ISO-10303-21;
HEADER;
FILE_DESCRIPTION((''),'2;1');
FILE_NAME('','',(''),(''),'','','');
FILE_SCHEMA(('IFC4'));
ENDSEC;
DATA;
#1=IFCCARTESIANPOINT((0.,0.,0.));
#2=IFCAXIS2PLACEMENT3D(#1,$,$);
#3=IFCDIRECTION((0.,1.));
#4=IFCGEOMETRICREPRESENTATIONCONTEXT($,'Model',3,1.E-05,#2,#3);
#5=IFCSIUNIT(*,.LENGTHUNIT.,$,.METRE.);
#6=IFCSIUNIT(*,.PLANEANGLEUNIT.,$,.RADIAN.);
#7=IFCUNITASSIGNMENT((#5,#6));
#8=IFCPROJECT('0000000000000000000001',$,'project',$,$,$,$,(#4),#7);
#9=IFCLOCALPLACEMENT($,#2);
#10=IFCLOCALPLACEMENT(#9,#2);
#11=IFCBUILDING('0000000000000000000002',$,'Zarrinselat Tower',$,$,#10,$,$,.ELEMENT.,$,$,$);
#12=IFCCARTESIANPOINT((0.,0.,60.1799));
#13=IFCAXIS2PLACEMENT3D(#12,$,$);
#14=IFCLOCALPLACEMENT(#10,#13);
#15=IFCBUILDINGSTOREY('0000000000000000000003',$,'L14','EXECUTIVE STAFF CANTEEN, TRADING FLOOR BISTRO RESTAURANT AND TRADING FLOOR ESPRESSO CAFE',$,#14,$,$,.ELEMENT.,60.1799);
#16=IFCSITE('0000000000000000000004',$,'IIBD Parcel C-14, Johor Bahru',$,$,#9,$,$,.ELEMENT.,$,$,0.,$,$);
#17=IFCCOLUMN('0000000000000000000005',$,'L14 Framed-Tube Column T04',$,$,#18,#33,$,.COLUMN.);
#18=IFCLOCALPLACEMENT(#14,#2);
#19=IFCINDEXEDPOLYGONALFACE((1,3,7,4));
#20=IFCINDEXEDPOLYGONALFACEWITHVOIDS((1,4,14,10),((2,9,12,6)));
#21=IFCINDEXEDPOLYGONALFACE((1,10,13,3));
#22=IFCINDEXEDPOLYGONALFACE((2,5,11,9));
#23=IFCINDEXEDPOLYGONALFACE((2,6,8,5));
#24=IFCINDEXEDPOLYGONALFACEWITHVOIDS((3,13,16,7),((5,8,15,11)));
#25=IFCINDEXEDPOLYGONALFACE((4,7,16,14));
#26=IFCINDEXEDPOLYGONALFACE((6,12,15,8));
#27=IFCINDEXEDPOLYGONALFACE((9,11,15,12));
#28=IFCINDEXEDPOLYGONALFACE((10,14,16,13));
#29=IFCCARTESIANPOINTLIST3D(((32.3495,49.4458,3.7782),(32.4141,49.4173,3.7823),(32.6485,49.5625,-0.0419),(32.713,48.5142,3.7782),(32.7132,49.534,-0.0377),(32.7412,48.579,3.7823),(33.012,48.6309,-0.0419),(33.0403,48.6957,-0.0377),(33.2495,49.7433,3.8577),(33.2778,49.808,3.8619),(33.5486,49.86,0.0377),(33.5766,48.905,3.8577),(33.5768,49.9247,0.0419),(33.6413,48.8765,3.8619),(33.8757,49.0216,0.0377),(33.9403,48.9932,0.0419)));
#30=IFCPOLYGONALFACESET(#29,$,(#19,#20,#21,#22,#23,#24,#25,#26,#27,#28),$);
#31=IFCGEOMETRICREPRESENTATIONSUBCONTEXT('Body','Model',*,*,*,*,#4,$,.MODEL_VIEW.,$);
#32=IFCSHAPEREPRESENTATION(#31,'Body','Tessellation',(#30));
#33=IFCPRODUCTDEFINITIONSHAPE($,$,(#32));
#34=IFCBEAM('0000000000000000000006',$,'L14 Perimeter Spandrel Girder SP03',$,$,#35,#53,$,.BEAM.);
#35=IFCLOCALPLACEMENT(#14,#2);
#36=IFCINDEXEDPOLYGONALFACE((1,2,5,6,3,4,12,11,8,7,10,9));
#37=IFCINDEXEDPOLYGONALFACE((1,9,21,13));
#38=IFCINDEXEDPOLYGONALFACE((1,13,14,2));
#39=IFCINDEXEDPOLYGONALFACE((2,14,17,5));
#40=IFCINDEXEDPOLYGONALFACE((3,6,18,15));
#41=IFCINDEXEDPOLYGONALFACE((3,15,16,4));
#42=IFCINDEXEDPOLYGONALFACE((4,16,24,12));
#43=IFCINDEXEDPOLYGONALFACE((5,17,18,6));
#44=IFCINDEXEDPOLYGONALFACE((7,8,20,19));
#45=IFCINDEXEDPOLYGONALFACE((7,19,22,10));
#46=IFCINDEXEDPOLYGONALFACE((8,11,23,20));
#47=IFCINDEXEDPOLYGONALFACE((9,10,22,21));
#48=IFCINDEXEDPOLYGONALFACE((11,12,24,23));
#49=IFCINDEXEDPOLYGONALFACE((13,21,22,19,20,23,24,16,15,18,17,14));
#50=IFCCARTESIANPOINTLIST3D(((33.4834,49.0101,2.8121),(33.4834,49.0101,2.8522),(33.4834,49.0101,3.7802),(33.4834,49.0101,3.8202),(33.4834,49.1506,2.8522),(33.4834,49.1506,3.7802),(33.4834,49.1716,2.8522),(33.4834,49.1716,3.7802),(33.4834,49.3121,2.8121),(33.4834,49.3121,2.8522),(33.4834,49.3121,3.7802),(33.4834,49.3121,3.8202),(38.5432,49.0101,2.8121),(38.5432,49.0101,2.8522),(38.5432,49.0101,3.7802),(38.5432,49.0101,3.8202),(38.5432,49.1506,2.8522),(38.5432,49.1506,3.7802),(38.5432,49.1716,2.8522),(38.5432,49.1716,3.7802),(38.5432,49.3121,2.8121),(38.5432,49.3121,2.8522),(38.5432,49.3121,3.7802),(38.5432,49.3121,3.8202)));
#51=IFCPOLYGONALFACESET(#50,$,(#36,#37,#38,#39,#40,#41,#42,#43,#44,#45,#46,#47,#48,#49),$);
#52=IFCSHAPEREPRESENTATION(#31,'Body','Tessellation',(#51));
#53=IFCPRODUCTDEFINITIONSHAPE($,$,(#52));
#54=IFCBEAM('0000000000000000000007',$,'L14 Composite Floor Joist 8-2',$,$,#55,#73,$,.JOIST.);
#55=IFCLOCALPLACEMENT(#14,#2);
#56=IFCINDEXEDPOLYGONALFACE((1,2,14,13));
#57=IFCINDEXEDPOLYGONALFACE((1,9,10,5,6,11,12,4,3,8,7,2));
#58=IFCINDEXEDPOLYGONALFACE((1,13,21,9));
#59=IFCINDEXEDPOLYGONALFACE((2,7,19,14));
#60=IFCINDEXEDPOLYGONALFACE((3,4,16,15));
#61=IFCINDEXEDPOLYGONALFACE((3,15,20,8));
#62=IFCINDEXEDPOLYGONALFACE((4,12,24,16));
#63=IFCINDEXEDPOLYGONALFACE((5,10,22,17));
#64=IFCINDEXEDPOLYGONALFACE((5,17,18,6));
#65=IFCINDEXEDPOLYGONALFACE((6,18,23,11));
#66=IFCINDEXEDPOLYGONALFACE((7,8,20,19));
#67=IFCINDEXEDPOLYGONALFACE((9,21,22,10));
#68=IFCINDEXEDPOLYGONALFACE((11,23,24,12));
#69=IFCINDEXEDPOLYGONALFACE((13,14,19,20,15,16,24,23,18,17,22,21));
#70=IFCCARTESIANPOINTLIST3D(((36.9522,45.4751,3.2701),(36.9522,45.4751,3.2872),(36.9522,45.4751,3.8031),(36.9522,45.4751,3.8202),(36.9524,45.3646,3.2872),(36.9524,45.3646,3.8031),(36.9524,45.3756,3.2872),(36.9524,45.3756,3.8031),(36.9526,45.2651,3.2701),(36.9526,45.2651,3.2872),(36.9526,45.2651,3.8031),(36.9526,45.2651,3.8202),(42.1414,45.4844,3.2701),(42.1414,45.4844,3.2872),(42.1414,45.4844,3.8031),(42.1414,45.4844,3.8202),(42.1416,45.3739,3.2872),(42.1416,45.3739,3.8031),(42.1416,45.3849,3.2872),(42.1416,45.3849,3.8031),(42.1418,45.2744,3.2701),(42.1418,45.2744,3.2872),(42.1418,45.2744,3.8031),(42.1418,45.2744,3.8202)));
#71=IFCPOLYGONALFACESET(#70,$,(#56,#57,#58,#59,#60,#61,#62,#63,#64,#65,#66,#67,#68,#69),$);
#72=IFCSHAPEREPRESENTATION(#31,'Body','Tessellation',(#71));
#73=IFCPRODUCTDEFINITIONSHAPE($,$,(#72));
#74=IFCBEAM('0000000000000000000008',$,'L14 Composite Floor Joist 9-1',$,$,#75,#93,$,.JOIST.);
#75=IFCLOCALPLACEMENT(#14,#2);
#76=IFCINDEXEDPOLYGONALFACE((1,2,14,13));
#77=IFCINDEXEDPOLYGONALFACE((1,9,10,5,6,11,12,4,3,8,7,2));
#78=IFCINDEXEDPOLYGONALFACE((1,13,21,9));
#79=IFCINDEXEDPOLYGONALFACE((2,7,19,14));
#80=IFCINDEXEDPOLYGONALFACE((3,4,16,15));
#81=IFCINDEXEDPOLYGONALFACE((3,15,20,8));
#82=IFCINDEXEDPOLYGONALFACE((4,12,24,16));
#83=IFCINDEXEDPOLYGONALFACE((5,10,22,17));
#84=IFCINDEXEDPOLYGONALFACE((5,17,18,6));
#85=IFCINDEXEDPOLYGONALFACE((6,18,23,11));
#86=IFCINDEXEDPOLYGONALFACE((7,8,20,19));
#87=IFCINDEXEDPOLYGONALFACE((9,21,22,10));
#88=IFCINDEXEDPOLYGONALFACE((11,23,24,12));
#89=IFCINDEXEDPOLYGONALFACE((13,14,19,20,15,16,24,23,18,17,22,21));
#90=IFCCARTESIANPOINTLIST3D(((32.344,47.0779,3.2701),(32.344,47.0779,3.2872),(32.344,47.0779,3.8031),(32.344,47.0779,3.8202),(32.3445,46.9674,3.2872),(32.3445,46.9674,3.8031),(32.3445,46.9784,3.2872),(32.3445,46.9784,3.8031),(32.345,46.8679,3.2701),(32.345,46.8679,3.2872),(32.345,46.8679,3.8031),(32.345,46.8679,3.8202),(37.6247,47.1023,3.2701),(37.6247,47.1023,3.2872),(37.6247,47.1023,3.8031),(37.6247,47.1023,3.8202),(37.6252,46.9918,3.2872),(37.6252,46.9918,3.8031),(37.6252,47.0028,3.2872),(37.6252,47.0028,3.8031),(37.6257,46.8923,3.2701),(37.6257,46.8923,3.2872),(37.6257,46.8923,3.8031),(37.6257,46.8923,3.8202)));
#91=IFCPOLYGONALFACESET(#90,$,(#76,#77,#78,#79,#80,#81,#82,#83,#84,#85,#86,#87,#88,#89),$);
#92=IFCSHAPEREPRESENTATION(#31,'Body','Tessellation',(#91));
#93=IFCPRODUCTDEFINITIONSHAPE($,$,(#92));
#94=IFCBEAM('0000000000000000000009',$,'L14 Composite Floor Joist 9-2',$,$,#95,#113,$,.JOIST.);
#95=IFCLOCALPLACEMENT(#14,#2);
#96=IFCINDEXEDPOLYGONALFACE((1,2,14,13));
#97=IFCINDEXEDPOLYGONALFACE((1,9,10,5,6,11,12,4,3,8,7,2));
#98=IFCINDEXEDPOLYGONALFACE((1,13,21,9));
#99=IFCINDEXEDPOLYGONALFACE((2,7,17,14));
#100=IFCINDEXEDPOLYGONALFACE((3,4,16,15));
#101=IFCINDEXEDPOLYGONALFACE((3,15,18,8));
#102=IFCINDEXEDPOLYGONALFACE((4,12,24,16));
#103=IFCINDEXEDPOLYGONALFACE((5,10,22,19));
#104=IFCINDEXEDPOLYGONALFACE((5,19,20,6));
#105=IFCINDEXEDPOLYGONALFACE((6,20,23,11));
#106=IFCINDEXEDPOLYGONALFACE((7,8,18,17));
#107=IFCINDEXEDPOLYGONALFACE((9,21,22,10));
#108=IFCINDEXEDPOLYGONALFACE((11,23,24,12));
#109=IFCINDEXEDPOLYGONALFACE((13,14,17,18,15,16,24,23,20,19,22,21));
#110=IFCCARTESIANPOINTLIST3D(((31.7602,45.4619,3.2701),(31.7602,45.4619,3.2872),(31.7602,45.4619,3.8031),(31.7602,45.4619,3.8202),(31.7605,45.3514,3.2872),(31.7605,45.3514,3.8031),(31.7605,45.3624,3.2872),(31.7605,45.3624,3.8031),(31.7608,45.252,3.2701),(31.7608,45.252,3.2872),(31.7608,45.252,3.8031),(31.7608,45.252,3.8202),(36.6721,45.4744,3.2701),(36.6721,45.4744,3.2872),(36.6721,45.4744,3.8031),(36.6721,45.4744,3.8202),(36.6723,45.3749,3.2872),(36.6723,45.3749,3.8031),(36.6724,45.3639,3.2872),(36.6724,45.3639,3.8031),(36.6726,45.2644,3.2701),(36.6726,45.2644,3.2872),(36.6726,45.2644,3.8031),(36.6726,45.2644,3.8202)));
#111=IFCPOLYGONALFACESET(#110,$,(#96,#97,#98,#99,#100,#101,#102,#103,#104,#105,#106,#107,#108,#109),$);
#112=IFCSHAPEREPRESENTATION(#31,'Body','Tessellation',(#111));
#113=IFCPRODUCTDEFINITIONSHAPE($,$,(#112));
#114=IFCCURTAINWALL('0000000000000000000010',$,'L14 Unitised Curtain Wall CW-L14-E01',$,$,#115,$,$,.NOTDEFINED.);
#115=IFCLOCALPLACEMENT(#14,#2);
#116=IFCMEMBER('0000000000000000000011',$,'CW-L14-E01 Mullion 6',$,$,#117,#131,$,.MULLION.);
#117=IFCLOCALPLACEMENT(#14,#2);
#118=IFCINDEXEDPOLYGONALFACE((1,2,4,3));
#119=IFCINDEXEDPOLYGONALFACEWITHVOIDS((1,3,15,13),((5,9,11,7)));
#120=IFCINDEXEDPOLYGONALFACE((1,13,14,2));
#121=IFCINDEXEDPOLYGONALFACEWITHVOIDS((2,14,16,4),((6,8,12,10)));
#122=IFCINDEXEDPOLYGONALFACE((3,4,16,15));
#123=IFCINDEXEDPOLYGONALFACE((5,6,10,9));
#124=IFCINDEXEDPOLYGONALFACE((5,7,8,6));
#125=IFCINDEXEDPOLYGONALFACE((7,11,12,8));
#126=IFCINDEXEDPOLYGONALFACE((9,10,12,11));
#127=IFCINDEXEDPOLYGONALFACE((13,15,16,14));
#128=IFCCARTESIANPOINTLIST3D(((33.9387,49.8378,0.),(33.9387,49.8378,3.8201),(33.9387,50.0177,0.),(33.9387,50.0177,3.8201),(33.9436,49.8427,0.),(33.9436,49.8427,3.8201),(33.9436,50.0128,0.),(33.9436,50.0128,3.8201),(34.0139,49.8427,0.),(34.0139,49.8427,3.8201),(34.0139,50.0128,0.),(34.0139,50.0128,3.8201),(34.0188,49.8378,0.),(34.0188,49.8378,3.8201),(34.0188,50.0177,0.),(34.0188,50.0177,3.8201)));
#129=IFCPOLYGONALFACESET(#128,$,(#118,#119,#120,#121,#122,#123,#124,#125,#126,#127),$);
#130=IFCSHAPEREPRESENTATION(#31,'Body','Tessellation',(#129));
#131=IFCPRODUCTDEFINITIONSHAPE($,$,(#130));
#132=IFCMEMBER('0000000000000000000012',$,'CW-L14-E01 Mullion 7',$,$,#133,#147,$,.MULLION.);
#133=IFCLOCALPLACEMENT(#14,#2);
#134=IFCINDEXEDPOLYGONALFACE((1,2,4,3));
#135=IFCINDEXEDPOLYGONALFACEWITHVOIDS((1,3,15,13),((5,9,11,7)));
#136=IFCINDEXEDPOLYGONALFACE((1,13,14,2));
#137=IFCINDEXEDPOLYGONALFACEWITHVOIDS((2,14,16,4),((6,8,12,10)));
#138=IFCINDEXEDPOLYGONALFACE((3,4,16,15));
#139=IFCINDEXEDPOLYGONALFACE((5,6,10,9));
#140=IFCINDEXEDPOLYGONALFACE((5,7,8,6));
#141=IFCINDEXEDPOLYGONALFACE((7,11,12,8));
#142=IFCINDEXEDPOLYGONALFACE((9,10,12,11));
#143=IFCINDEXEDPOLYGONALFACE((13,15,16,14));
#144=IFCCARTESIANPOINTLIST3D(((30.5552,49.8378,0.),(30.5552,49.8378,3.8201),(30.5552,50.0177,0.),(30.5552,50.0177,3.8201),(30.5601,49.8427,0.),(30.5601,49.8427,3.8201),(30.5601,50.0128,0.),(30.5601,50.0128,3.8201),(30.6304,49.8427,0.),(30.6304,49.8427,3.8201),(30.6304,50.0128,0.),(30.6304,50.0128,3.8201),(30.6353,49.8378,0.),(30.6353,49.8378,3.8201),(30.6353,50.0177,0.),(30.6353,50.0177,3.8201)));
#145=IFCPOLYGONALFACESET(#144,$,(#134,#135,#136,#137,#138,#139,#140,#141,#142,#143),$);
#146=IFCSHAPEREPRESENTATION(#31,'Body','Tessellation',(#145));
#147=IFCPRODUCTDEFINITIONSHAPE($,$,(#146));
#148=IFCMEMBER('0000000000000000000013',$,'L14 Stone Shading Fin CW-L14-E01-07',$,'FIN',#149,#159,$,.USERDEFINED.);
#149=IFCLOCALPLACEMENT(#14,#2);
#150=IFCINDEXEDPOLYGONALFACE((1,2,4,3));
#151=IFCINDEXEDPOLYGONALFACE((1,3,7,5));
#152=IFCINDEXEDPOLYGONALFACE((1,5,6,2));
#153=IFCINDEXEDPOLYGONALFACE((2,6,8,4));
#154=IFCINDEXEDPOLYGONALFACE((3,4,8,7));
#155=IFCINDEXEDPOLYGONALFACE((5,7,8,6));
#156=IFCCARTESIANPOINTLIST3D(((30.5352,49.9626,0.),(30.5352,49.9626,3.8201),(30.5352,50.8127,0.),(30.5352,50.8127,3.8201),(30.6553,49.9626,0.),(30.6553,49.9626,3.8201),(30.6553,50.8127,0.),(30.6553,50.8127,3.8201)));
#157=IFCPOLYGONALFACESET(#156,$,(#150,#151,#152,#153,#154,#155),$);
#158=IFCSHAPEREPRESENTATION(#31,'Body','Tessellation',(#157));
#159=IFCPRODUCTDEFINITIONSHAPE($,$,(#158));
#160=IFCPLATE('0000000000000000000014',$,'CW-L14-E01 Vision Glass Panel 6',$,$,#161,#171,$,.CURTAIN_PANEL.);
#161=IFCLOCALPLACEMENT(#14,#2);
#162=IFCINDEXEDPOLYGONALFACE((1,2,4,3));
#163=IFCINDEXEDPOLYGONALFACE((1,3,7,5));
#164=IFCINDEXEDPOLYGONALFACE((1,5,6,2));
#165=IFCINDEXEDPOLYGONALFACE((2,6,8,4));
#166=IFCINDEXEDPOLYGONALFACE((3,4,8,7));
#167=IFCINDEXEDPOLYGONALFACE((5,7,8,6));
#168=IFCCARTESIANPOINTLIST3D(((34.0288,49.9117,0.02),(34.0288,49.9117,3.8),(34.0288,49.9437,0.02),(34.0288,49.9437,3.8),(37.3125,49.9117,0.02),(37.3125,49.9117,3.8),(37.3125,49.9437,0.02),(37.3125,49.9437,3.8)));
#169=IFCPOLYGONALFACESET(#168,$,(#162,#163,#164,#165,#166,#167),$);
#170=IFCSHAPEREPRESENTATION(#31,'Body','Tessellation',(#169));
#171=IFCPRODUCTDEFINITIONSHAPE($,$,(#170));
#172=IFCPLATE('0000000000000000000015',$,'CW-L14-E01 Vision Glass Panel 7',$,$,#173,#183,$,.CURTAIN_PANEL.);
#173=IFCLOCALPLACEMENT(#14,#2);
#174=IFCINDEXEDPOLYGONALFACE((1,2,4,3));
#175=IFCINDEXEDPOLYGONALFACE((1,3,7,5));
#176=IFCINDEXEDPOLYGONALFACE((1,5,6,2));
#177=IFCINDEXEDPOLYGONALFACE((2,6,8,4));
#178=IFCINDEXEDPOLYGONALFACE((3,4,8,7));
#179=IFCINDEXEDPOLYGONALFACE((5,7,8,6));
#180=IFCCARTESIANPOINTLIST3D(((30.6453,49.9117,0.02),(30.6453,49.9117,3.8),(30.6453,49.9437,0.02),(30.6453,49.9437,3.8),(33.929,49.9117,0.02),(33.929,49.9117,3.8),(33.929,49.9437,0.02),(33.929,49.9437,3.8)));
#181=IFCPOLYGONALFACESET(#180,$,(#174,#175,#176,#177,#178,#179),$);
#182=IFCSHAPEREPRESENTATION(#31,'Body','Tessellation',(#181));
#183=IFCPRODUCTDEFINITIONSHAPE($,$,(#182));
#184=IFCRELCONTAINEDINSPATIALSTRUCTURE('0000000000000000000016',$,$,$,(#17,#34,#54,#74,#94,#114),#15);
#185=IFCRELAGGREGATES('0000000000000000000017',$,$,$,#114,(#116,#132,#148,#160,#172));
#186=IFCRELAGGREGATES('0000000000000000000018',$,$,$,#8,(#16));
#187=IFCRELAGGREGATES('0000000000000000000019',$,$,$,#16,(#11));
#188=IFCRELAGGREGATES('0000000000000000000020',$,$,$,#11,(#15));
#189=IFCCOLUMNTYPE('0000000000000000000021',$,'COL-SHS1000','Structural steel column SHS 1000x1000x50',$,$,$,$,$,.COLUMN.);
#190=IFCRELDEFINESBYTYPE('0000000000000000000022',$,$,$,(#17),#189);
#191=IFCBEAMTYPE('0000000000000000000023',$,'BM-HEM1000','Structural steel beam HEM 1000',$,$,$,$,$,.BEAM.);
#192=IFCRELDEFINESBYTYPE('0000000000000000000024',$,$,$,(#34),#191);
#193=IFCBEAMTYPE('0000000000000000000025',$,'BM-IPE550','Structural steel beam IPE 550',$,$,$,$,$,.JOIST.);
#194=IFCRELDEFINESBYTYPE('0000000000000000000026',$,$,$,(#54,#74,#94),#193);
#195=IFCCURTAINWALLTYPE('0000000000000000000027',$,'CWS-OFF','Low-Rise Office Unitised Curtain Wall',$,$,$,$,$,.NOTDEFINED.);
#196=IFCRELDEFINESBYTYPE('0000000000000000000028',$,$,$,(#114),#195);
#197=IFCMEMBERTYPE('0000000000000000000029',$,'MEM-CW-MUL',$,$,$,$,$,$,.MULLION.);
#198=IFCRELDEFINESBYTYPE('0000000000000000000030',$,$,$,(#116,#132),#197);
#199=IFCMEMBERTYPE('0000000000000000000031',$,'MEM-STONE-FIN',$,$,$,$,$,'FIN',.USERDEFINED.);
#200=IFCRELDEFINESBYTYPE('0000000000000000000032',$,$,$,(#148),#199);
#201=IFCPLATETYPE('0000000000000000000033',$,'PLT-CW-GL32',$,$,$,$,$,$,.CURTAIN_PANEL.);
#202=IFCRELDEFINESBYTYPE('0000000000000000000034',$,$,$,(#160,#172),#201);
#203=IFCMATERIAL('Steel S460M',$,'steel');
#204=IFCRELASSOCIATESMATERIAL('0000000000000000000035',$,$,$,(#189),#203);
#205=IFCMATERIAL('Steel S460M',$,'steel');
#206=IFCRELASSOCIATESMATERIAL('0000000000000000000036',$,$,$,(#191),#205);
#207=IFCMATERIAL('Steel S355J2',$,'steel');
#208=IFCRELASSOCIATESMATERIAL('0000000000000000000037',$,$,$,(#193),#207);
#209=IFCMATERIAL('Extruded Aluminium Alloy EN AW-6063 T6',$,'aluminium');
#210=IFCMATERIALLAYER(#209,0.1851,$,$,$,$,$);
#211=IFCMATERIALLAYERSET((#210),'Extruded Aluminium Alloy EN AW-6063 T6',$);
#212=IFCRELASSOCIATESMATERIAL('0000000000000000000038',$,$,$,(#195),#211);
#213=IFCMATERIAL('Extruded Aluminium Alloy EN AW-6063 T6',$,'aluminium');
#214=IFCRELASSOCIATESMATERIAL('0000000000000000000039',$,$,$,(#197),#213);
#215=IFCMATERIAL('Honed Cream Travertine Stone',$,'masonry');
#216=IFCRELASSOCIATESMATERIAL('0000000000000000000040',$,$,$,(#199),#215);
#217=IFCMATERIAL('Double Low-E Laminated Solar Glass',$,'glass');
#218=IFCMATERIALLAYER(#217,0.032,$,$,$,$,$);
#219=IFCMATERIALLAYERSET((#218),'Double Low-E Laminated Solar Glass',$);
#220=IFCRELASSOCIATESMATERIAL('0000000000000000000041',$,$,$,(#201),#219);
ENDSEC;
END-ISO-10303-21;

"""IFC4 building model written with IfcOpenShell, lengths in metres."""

from ifc_helpers import new_model, si_unit, direction, frame, origin, origin_2d, place, context, subcontext, project, spatial, rectangle, hollow_rectangle, i_section, extrude, material, layer, layer_set, material_profile, profile_set, type_object, element, aggregate, save


model = new_model("IFC4")

# Units and contexts
model_context = context("Model", 3, precision=1e-05, world=origin(), true_north=direction((0.0, 1.0)))
body_context = subcontext(model_context, "Body", "Model", "MODEL_VIEW")
ifc_project = project(units=[si_unit("LENGTHUNIT", "METRE"), si_unit("PLANEANGLEUNIT", "RADIAN")], contexts=[model_context])

# Site, building, storey
site_placement = place(None, origin())
site = spatial("IfcSite", under=ifc_project, at=site_placement, Name="IIBD Parcel C-14, Johor Bahru", CompositionType="ELEMENT", RefElevation=0.0)
building_placement = place(site_placement, origin())
building = spatial("IfcBuilding", under=site, at=building_placement, Name="Zarrinselat Tower", CompositionType="ELEMENT")
storey_placement = place(building_placement, frame((0.0, 0.0, 60.1799)))
storey = spatial("IfcBuildingStorey", under=building, at=storey_placement, Name="L14", Description="EXECUTIVE STAFF CANTEEN, TRADING FLOOR BISTRO RESTAURANT AND TRADING FLOOR ESPRESSO CAFE", CompositionType="ELEMENT", Elevation=60.1799)

# Column
ifc_material_1 = material(Name="Steel S460M", Category="steel")
ifc_material_profile_1 = material_profile(ifc_material_1, hollow_rectangle(XDim=1.0, YDim=1.0, WallThickness=0.05, at=origin_2d()), Name="SHS 1000x1000x50")
ifc_profile_set_1 = profile_set([ifc_material_profile_1], Name="Steel S460M")
column_type = type_object("IfcColumnType", Name="COL-SHS1000", Description="Structural steel column SHS 1000x1000x50", PredefinedType="COLUMN", material=ifc_profile_set_1)
column_placement = place(storey_placement, frame((33.2944, 49.2778, 0.0), z_axis=(-0.078015, -0.030442, 0.996487), x_axis=(0.36351, -0.93159, 0.0)))
element("IfcColumn", 1, at=column_placement, inside=storey, type_object=column_type, Name="L14 Framed-Tube Column T04", PredefinedType="COLUMN", context=body_context, shape_type="SweptSolid", body=[
    extrude(hollow_rectangle(XDim=1.0, YDim=1.0, WallThickness=0.05, at=origin_2d()), origin(), (0.0, 0.0, 1.0), 3.8335),
])

# Beams
ifc_material_2 = material(Name="Steel S460M", Category="steel")
ifc_material_profile_2 = material_profile(ifc_material_2, i_section(OverallWidth=0.302, OverallDepth=1.0081, WebThickness=0.021, FlangeThickness=0.04, at=origin_2d()), Name="HEM 1000")
ifc_profile_set_2 = profile_set([ifc_material_profile_2], Name="Steel S460M")
beam_type_1 = type_object("IfcBeamType", Name="BM-HEM1000", Description="Structural steel beam HEM 1000", PredefinedType="BEAM", material=ifc_profile_set_2)
beam_1_placement = place(storey_placement, frame((33.4834, 49.1611, 3.3162), z_axis=(1.0, 0.0, 0.0), x_axis=(0.0, 1.0, 0.0)))
element("IfcBeam", 2, at=beam_1_placement, inside=storey, type_object=beam_type_1, Name="L14 Perimeter Spandrel Girder SP03", PredefinedType="BEAM", context=body_context, shape_type="SweptSolid", body=[
    extrude(i_section(OverallWidth=0.302, OverallDepth=1.0081, WebThickness=0.021, FlangeThickness=0.04, at=origin_2d()), origin(), (0.0, 0.0, 1.0), 5.0598),
])
ifc_material_3 = material(Name="Steel S355J2", Category="steel")
ifc_material_profile_3 = material_profile(ifc_material_3, i_section(OverallWidth=0.21, OverallDepth=0.55, WebThickness=0.011, FlangeThickness=0.0171, at=origin_2d()), Name="IPE 550")
ifc_profile_set_3 = profile_set([ifc_material_profile_3], Name="Steel S355J2")
beam_type_2 = type_object("IfcBeamType", Name="BM-IPE550", Description="Structural steel beam IPE 550", PredefinedType="JOIST", material=ifc_profile_set_3)
beam_2_placement = place(storey_placement, frame((36.9524, 45.3701, 3.5452), z_axis=(0.999998, 0.001788, 0.0), x_axis=(-0.001788, 0.999998, 0.0)))
element("IfcBeam", 3, at=beam_2_placement, inside=storey, type_object=beam_type_2, Name="L14 Composite Floor Joist 8-2", PredefinedType="JOIST", context=body_context, shape_type="SweptSolid", body=[
    extrude(i_section(OverallWidth=0.21, OverallDepth=0.55, WebThickness=0.011, FlangeThickness=0.0171, at=origin_2d()), origin(), (0.0, 0.0, 1.0), 5.1892),
])
beam_3_placement = place(storey_placement, frame((32.3445, 46.9729, 3.5452), z_axis=(0.999989, 0.004623, 0.0), x_axis=(-0.004623, 0.999989, 0.0)))
element("IfcBeam", 4, at=beam_3_placement, inside=storey, type_object=beam_type_2, Name="L14 Composite Floor Joist 9-1", PredefinedType="JOIST", context=body_context, shape_type="SweptSolid", body=[
    extrude(i_section(OverallWidth=0.21, OverallDepth=0.55, WebThickness=0.011, FlangeThickness=0.0171, at=origin_2d()), origin(), (0.0, 0.0, 1.0), 5.2808),
])
beam_4_placement = place(storey_placement, frame((31.7605, 45.3569, 3.5452), z_axis=(0.999997, 0.002535, 0.0), x_axis=(-0.002535, 0.999997, 0.0)))
element("IfcBeam", 5, at=beam_4_placement, inside=storey, type_object=beam_type_2, Name="L14 Composite Floor Joist 9-2", PredefinedType="JOIST", context=body_context, shape_type="SweptSolid", body=[
    extrude(i_section(OverallWidth=0.21, OverallDepth=0.55, WebThickness=0.011, FlangeThickness=0.0171, at=origin_2d()), origin(), (0.0, 0.0, 1.0), 4.9119),
])

# Curtain wall, members, plates
ifc_material_4 = material(Name="Extruded Aluminium Alloy EN AW-6063 T6", Category="aluminium")
ifc_layer_1 = layer(ifc_material_4, 0.1851)
ifc_layer_set_1 = layer_set([ifc_layer_1], Name="Extruded Aluminium Alloy EN AW-6063 T6")
curtain_wall_type = type_object("IfcCurtainWallType", Name="CWS-OFF", Description="Low-Rise Office Unitised Curtain Wall", PredefinedType="NOTDEFINED", material=ifc_layer_set_1)
curtain_wall_placement = place(storey_placement, origin())
curtain_wall = element("IfcCurtainWall", 6, at=curtain_wall_placement, inside=storey, type_object=curtain_wall_type, Name="L14 Unitised Curtain Wall CW-L14-E01", PredefinedType="NOTDEFINED")
ifc_material_5 = material(Name="Extruded Aluminium Alloy EN AW-6063 T6", Category="aluminium")
ifc_material_profile_4 = material_profile(ifc_material_5, hollow_rectangle(XDim=0.0801, YDim=0.1799, WallThickness=0.0049, at=origin_2d()), Name="RHS 180x80x5")
ifc_profile_set_4 = profile_set([ifc_material_profile_4], Name="Extruded Aluminium Alloy EN AW-6063 T6")
member_type_1 = type_object("IfcMemberType", Name="MEM-CW-MUL", PredefinedType="MULLION", material=ifc_profile_set_4)
member_1_placement = place(storey_placement, frame((33.9788, 49.9277, 0.0), z_axis=(0.0, 0.0, 1.0), x_axis=(-1.0, 0.0, 0.0)))
member_1 = element("IfcMember", 7, at=member_1_placement, type_object=member_type_1, Name="CW-L14-E01 Mullion 6", PredefinedType="MULLION", context=body_context, shape_type="SweptSolid", body=[
    extrude(hollow_rectangle(XDim=0.0801, YDim=0.1799, WallThickness=0.0049, at=origin_2d()), origin(), (0.0, 0.0, 1.0), 3.8201),
])
member_2_placement = place(storey_placement, frame((30.5952, 49.9277, 0.0), z_axis=(0.0, 0.0, 1.0), x_axis=(-1.0, 0.0, 0.0)))
member_2 = element("IfcMember", 8, at=member_2_placement, type_object=member_type_1, Name="CW-L14-E01 Mullion 7", PredefinedType="MULLION", context=body_context, shape_type="SweptSolid", body=[
    extrude(hollow_rectangle(XDim=0.0801, YDim=0.1799, WallThickness=0.0049, at=origin_2d()), origin(), (0.0, 0.0, 1.0), 3.8201),
])
ifc_material_6 = material(Name="Honed Cream Travertine Stone", Category="masonry")
ifc_material_profile_5 = material_profile(ifc_material_6, rectangle(XDim=0.1201, YDim=0.8501, at=origin_2d()), Name="FIN 850x120")
ifc_profile_set_5 = profile_set([ifc_material_profile_5], Name="Honed Cream Travertine Stone")
member_type_2 = type_object("IfcMemberType", Name="MEM-STONE-FIN", ElementType="FIN", PredefinedType="USERDEFINED", material=ifc_profile_set_5)
member_3_placement = place(storey_placement, frame((30.5952, 50.3877, 0.0), z_axis=(0.0, 0.0, 1.0), x_axis=(1.0, 0.0, 0.0)))
member_3 = element("IfcMember", 9, at=member_3_placement, type_object=member_type_2, Name="L14 Stone Shading Fin CW-L14-E01-07", ObjectType="FIN", PredefinedType="USERDEFINED", context=body_context, shape_type="SweptSolid", body=[
    extrude(rectangle(XDim=0.1201, YDim=0.8501, at=origin_2d()), origin(), (0.0, 0.0, 1.0), 3.8201),
])
ifc_material_7 = material(Name="Double Low-E Laminated Solar Glass", Category="glass")
ifc_layer_2 = layer(ifc_material_7, 0.032)
ifc_layer_set_2 = layer_set([ifc_layer_2], Name="Double Low-E Laminated Solar Glass")
plate_type = type_object("IfcPlateType", Name="PLT-CW-GL32", PredefinedType="CURTAIN_PANEL", material=ifc_layer_set_2)
plate_1_placement = place(storey_placement, frame((35.6707, 49.9277, 0.02), z_axis=(0.0, 0.0, 1.0), x_axis=(-1.0, 0.0, 0.0)))
plate_1 = element("IfcPlate", 10, at=plate_1_placement, type_object=plate_type, Name="CW-L14-E01 Vision Glass Panel 6", PredefinedType="CURTAIN_PANEL", context=body_context, shape_type="SweptSolid", body=[
    extrude(rectangle(XDim=3.2837, YDim=0.032, at=origin_2d()), origin(), (0.0, 0.0, 1.0), 3.78),
])
plate_2_placement = place(storey_placement, frame((32.2871, 49.9277, 0.02), z_axis=(0.0, 0.0, 1.0), x_axis=(-1.0, 0.0, 0.0)))
plate_2 = element("IfcPlate", 11, at=plate_2_placement, type_object=plate_type, Name="CW-L14-E01 Vision Glass Panel 7", PredefinedType="CURTAIN_PANEL", context=body_context, shape_type="SweptSolid", body=[
    extrude(rectangle(XDim=3.2837, YDim=0.032, at=origin_2d()), origin(), (0.0, 0.0, 1.0), 3.78),
])
aggregate(curtain_wall, [member_1, member_2, member_3, plate_1, plate_2])

save(model, "model.ifc")
